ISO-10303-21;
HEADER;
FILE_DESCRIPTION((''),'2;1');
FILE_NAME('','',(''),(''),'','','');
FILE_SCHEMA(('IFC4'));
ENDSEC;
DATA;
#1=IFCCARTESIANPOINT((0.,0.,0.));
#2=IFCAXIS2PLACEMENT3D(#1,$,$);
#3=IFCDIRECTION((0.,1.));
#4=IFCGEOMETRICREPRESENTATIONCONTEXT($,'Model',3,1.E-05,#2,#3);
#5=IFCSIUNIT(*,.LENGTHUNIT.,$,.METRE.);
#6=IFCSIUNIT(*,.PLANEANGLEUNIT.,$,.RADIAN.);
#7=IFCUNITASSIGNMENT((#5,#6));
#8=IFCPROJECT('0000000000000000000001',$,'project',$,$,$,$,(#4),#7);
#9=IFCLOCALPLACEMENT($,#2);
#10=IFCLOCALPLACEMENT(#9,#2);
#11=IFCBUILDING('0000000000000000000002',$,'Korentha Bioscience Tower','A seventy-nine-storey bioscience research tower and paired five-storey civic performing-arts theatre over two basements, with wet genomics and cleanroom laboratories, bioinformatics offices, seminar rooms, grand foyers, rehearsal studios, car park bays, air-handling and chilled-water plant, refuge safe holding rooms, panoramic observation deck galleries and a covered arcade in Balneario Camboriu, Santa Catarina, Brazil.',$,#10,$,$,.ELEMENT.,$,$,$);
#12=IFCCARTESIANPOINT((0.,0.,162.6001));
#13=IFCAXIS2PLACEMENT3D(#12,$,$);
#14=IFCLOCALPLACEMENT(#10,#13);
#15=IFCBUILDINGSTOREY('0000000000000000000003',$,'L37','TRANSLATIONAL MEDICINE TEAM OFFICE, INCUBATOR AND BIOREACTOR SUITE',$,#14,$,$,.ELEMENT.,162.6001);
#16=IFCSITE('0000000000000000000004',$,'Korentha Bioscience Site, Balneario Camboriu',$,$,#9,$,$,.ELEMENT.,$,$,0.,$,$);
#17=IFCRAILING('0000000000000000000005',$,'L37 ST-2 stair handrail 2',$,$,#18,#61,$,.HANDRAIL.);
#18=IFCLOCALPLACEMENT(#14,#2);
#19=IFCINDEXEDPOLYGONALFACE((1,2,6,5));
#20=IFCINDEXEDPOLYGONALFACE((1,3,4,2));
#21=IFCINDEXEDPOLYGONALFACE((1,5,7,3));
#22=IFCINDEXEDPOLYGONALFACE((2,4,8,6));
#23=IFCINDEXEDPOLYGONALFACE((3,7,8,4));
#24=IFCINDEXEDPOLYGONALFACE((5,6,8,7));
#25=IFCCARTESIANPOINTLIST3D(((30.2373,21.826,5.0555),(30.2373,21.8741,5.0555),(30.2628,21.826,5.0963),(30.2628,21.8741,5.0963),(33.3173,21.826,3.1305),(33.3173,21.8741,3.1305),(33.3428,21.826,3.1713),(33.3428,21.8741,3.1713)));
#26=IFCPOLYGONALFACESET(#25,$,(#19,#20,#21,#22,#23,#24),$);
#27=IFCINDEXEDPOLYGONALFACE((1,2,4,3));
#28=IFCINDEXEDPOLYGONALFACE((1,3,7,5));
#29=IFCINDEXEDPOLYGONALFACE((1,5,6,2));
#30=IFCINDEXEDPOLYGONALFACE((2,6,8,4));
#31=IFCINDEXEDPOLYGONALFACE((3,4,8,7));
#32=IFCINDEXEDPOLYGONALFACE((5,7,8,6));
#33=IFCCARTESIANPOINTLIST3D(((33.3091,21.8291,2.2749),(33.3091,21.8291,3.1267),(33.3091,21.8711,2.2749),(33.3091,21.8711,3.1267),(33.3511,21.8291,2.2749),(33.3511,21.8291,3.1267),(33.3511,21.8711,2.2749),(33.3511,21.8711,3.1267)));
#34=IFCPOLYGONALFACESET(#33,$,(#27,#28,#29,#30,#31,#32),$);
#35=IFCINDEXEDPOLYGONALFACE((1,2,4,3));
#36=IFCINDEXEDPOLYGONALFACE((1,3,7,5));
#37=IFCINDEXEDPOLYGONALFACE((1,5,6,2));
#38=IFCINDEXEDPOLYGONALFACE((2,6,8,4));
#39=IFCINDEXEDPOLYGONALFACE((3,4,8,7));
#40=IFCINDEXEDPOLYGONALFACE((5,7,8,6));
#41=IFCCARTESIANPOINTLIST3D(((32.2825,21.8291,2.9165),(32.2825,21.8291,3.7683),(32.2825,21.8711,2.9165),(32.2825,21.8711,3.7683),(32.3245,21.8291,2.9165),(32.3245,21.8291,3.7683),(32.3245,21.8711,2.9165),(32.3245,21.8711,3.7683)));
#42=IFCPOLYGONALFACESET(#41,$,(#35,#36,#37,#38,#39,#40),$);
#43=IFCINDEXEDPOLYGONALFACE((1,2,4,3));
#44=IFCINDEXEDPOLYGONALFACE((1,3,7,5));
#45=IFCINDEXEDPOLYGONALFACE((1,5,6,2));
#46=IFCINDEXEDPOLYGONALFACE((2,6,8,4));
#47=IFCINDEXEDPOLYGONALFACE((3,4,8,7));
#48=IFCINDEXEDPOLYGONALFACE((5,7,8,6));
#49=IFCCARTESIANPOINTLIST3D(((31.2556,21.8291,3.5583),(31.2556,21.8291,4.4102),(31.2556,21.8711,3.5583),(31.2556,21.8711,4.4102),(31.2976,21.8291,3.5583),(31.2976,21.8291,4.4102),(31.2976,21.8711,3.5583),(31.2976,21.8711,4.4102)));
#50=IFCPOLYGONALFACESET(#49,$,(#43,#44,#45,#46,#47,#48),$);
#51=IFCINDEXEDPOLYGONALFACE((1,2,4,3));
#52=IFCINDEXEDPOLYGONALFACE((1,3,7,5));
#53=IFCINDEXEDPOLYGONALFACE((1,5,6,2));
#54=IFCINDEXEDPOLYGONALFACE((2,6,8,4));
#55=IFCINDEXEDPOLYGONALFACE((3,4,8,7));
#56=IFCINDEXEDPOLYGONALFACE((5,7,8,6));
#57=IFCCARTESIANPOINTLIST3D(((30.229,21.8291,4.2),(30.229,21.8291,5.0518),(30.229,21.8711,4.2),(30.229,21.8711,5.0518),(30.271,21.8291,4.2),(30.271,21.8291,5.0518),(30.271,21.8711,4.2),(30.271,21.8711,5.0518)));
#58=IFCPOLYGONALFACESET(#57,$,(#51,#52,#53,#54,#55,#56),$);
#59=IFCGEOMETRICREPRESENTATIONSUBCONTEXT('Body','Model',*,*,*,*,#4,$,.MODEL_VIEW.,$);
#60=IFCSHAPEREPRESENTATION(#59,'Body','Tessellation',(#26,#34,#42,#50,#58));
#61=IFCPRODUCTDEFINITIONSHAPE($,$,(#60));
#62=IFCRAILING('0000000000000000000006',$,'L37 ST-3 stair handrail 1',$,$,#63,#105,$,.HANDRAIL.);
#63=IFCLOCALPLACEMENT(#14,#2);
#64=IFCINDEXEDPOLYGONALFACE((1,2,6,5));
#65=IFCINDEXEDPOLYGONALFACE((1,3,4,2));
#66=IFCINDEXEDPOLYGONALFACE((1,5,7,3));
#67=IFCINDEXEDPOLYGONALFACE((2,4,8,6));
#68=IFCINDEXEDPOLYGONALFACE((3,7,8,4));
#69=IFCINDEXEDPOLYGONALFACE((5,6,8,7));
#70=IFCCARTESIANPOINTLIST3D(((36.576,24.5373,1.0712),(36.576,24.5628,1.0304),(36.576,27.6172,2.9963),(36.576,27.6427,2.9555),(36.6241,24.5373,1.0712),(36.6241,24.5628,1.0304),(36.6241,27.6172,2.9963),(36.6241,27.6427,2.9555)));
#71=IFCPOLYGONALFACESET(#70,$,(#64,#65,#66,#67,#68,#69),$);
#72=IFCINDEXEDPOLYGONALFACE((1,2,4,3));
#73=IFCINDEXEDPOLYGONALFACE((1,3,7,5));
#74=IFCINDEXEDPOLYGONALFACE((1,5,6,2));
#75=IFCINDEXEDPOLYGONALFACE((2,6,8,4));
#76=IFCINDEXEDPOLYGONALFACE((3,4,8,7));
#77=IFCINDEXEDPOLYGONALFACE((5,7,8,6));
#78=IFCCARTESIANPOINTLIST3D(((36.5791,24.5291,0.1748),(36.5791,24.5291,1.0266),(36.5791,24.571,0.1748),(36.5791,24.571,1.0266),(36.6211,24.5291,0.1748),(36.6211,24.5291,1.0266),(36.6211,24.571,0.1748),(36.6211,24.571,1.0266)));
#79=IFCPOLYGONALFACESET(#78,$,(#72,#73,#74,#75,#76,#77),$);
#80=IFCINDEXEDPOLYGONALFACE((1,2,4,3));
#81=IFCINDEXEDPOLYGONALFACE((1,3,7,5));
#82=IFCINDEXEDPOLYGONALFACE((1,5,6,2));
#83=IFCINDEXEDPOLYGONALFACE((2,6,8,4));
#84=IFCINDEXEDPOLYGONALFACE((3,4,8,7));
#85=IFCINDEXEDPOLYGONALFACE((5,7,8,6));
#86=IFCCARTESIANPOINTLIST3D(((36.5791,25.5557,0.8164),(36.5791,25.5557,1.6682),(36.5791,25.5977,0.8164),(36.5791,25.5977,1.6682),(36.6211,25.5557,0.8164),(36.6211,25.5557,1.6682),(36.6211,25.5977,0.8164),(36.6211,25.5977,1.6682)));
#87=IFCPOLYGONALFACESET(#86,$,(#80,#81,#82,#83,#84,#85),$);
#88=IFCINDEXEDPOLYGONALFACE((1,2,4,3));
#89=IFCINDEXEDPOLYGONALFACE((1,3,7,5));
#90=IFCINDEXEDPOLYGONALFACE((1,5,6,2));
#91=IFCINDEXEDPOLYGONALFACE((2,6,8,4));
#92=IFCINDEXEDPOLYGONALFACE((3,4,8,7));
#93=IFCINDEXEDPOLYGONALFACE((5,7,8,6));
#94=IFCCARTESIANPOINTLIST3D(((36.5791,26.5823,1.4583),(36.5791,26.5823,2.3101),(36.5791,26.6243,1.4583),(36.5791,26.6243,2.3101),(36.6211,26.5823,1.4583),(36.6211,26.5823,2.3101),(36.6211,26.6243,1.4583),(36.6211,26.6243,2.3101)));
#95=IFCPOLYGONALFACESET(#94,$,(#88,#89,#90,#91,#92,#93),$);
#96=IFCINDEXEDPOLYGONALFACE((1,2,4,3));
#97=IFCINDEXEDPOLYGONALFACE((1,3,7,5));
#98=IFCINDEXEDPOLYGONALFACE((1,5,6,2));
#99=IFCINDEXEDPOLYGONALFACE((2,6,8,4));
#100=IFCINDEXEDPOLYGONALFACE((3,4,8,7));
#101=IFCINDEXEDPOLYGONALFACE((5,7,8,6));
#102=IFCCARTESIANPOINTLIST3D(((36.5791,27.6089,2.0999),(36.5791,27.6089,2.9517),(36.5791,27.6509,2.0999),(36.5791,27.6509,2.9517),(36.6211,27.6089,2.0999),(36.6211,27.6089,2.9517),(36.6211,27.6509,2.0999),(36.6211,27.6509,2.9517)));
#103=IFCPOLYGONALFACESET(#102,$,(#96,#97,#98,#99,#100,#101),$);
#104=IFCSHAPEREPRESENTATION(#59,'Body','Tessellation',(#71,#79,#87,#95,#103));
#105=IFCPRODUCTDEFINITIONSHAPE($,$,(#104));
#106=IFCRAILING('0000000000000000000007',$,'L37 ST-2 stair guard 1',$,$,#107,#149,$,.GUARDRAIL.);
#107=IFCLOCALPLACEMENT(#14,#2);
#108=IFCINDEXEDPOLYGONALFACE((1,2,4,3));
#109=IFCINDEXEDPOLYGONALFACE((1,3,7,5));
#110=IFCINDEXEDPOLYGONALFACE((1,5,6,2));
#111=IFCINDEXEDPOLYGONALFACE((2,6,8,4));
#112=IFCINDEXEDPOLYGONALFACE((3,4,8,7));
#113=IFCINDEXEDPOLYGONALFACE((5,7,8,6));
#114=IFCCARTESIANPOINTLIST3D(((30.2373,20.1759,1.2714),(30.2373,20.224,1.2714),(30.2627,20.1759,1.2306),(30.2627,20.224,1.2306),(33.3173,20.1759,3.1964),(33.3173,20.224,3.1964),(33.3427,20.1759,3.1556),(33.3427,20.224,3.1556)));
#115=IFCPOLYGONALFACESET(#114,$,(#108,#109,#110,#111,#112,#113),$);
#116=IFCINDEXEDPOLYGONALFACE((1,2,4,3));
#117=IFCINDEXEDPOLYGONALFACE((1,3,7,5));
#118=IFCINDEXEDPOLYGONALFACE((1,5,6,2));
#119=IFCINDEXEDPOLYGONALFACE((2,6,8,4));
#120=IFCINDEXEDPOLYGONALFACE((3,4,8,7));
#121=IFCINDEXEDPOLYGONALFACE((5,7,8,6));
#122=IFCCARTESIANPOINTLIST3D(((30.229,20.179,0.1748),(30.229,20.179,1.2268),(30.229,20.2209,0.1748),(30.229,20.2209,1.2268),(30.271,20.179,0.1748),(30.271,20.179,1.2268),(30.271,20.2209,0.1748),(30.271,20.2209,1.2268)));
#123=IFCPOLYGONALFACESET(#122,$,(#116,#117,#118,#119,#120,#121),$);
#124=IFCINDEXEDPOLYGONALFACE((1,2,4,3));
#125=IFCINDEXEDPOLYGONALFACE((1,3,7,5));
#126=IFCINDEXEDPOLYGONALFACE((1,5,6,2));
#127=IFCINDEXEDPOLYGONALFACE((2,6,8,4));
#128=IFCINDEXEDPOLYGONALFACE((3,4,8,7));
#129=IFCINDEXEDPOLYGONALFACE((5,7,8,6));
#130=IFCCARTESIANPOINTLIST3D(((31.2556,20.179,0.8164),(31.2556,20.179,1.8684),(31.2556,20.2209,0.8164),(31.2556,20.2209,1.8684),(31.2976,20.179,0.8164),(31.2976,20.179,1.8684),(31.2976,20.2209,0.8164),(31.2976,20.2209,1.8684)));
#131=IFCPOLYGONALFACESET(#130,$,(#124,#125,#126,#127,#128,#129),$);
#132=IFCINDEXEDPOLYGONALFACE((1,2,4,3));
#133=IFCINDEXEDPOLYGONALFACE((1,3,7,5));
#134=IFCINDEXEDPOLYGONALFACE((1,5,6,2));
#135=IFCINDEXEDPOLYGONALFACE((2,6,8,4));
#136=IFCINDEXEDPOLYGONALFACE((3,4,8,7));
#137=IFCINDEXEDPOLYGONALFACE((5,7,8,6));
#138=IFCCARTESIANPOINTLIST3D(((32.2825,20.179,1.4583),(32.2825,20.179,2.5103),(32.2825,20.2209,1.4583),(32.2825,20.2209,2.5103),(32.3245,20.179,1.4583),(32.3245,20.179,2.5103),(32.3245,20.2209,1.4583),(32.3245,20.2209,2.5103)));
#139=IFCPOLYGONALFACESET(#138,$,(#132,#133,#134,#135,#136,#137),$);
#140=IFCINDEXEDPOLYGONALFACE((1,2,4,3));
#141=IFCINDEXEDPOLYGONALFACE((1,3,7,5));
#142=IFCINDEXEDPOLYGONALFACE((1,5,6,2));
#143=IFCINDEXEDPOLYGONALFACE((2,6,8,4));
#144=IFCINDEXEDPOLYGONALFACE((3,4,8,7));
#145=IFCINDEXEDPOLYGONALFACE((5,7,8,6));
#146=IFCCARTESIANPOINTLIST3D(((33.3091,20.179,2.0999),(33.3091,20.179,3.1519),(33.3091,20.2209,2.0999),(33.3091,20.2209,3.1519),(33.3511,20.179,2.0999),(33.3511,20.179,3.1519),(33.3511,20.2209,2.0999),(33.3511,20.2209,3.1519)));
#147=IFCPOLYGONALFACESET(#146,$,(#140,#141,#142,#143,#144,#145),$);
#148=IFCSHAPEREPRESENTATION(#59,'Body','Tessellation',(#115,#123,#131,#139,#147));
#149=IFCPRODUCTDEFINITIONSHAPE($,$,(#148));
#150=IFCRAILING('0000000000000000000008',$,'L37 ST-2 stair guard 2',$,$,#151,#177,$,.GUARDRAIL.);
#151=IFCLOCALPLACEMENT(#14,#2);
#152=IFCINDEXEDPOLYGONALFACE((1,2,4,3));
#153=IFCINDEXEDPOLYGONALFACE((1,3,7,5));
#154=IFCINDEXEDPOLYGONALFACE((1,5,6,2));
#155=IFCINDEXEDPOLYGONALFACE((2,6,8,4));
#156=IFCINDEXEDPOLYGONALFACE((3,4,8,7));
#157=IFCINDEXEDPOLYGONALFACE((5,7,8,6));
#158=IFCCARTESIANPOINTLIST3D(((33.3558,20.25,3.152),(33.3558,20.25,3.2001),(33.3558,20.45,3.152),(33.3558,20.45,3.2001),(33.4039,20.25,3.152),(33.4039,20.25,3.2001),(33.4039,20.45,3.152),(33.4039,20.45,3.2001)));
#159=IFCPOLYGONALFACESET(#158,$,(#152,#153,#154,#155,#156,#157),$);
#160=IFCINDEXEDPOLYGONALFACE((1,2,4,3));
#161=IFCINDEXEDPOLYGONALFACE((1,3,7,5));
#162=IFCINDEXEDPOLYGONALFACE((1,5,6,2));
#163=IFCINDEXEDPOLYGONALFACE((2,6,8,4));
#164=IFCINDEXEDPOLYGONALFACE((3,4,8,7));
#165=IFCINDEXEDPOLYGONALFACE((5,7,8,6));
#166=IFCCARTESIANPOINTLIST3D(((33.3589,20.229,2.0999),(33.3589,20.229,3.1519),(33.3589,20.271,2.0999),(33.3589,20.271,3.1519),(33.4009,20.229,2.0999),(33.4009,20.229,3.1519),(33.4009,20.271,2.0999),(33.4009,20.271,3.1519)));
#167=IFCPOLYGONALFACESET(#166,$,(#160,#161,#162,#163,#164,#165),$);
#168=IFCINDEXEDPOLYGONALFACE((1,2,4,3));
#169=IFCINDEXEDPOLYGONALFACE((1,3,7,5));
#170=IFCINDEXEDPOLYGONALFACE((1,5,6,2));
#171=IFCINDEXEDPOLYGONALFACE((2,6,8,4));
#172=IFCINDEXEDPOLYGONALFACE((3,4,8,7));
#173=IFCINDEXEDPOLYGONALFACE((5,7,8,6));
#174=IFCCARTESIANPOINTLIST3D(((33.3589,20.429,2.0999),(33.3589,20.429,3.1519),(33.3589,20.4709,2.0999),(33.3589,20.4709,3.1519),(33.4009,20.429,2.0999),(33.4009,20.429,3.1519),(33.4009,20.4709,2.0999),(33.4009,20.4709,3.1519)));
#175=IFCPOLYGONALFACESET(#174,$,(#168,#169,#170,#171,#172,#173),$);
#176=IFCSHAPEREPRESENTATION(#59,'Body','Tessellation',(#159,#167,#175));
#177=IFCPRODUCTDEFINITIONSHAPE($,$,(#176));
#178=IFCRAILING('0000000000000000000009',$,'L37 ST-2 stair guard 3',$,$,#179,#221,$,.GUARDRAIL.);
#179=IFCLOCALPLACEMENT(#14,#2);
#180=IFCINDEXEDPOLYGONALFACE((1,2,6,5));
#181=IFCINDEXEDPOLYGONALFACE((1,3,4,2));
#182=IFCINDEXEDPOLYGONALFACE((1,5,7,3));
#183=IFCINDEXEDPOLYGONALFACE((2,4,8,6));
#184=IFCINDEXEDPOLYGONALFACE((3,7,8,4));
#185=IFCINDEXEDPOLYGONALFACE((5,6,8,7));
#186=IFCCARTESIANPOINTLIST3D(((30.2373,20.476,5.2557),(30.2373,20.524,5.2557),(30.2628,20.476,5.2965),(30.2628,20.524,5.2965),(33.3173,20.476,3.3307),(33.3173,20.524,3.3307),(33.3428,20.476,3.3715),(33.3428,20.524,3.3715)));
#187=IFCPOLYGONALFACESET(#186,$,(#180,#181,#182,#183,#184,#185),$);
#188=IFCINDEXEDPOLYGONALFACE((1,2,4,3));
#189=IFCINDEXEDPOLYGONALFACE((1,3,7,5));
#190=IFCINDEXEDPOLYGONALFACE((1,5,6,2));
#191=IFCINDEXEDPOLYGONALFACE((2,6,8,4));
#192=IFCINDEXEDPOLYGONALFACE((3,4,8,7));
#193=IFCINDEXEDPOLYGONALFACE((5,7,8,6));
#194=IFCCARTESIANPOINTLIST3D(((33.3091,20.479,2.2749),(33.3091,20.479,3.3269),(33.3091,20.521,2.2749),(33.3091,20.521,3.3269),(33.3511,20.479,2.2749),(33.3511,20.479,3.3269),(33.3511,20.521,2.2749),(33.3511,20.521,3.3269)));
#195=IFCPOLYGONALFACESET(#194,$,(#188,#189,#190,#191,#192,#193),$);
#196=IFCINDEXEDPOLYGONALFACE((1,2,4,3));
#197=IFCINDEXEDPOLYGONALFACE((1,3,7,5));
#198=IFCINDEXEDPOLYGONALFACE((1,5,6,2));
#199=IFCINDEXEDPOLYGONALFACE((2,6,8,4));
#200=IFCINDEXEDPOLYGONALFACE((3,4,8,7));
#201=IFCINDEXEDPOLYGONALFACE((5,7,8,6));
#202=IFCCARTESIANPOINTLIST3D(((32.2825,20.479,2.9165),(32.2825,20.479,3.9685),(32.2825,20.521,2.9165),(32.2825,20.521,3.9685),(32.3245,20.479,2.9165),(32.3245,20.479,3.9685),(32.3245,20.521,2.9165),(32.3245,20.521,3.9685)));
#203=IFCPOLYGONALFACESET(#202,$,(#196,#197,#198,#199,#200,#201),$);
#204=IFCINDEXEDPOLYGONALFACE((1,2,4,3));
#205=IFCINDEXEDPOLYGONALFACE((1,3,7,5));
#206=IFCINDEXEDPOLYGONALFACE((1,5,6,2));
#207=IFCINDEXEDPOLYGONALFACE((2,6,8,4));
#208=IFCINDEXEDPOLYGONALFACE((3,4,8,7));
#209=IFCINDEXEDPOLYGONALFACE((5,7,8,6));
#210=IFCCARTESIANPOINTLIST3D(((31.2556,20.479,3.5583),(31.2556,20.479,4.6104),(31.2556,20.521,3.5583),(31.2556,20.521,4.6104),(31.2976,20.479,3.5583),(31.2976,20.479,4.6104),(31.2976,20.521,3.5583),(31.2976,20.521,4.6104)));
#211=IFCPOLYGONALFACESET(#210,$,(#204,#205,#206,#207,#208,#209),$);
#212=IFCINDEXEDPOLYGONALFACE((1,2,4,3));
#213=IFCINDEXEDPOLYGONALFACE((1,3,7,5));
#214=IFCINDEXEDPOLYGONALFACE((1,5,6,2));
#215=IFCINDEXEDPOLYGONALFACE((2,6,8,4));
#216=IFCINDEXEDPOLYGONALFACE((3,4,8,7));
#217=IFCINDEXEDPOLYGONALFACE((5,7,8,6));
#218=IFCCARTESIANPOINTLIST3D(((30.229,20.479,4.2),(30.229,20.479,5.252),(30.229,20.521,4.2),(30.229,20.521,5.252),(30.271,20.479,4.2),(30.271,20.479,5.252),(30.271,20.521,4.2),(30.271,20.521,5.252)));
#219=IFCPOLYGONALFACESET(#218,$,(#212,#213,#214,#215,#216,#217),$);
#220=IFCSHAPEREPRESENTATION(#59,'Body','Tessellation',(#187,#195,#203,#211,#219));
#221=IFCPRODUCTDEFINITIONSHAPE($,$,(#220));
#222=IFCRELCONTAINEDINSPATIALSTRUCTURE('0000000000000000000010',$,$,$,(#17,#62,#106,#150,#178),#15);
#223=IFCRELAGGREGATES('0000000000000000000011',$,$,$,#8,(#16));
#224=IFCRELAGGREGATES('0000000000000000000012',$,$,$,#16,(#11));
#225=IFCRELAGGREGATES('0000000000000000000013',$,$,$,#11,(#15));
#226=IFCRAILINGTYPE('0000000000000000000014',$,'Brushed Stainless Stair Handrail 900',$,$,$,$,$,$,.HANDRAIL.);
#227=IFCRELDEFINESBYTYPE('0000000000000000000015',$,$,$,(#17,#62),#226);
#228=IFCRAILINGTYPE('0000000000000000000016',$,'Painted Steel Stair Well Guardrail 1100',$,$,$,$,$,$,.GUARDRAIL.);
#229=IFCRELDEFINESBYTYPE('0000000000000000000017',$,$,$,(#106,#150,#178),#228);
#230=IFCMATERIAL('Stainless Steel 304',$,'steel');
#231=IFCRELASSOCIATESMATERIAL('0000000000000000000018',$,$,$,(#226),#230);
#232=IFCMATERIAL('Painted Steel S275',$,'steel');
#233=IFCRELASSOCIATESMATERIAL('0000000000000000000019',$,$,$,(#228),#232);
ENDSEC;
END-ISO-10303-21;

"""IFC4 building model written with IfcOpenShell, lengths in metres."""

from ifc_helpers import new_model, si_unit, direction, frame, origin, origin_2d, place, context, subcontext, project, spatial, rectangle, extrude, material, type_object, element, save


model = new_model("IFC4")

# Units and contexts
model_context = context("Model", 3, precision=1e-05, world=origin(), true_north=direction((0.0, 1.0)))
body_context = subcontext(model_context, "Body", "Model", "MODEL_VIEW")
ifc_project = project(units=[si_unit("LENGTHUNIT", "METRE"), si_unit("PLANEANGLEUNIT", "RADIAN")], contexts=[model_context])

# Site, building, storey
site_placement = place(None, origin())
site = spatial("IfcSite", under=ifc_project, at=site_placement, Name="Korentha Bioscience Site, Balneario Camboriu", CompositionType="ELEMENT", RefElevation=0.0)
building_placement = place(site_placement, origin())
building = spatial("IfcBuilding", under=site, at=building_placement, Name="Korentha Bioscience Tower", Description="A seventy-nine-storey bioscience research tower and paired five-storey civic performing-arts theatre over two basements, with wet genomics and cleanroom laboratories, bioinformatics offices, seminar rooms, grand foyers, rehearsal studios, car park bays, air-handling and chilled-water plant, refuge safe holding rooms, panoramic observation deck galleries and a covered arcade in Balneario Camboriu, Santa Catarina, Brazil.", CompositionType="ELEMENT")
storey_placement = place(building_placement, frame((0.0, 0.0, 162.6001)))
storey = spatial("IfcBuildingStorey", under=building, at=storey_placement, Name="L37", Description="TRANSLATIONAL MEDICINE TEAM OFFICE, INCUBATOR AND BIOREACTOR SUITE", CompositionType="ELEMENT", Elevation=162.6001)

# Railings
ifc_material_1 = material(Name="Stainless Steel 304", Category="steel")
railing_type_1 = type_object("IfcRailingType", Name="Brushed Stainless Stair Handrail 900", PredefinedType="HANDRAIL", material=ifc_material_1)
railing_1_placement = place(storey_placement, frame((33.3301, 21.8501, 2.2749)))
element("IfcRailing", 1, at=railing_1_placement, inside=storey, type_object=railing_type_1, Name="L37 ST-2 stair handrail 2", PredefinedType="HANDRAIL", context=body_context, shape_type="SweptSolid", body=[
    extrude(rectangle(XDim=0.0481, YDim=0.0481, at=origin_2d()), frame((0.0, 0.0, 0.876), z_axis=(-0.847998, 0.0, 0.529999), x_axis=(0.0, -1.0, 0.0)), (0.0, 0.0, 1.0), 3.6321),
    extrude(rectangle(XDim=0.042, YDim=0.042, at=origin_2d()), origin(), (0.0, 0.0, 1.0), 0.8518),
    extrude(rectangle(XDim=0.042, YDim=0.042, at=origin_2d()), frame((-1.0266, 0.0, 0.6416)), (0.0, 0.0, 1.0), 0.8518),
    extrude(rectangle(XDim=0.042, YDim=0.042, at=origin_2d()), frame((-2.0535, 0.0, 1.2834)), (0.0, 0.0, 1.0), 0.8518),
    extrude(rectangle(XDim=0.042, YDim=0.042, at=origin_2d()), frame((-3.0801, 0.0, 1.925)), (0.0, 0.0, 1.0), 0.8518),
])
railing_2_placement = place(storey_placement, frame((36.6001, 24.55, 0.1748)))
element("IfcRailing", 2, at=railing_2_placement, inside=storey, type_object=railing_type_1, Name="L37 ST-3 stair handrail 1", PredefinedType="HANDRAIL", context=body_context, shape_type="SweptSolid", body=[
    extrude(rectangle(XDim=0.0481, YDim=0.0481, at=origin_2d()), frame((0.0, 0.0, 0.876), z_axis=(0.0, 0.847979, 0.530029), x_axis=(-1.0, 0.0, 0.0)), (0.0, 0.0, 1.0), 3.6321),
    extrude(rectangle(XDim=0.042, YDim=0.042, at=origin_2d()), origin(), (0.0, 0.0, 1.0), 0.8518),
    extrude(rectangle(XDim=0.042, YDim=0.042, at=origin_2d()), frame((0.0, 1.0266, 0.6416)), (0.0, 0.0, 1.0), 0.8518),
    extrude(rectangle(XDim=0.042, YDim=0.042, at=origin_2d()), frame((0.0, 2.0532, 1.2834)), (0.0, 0.0, 1.0), 0.8518),
    extrude(rectangle(XDim=0.042, YDim=0.042, at=origin_2d()), frame((0.0, 3.0798, 1.925)), (0.0, 0.0, 1.0), 0.8518),
])
ifc_material_2 = material(Name="Painted Steel S275", Category="steel")
railing_type_2 = type_object("IfcRailingType", Name="Painted Steel Stair Well Guardrail 1100", PredefinedType="GUARDRAIL", material=ifc_material_2)
railing_3_placement = place(storey_placement, frame((30.25, 20.2, 0.1748)))
element("IfcRailing", 3, at=railing_3_placement, inside=storey, type_object=railing_type_2, Name="L37 ST-2 stair guard 1", PredefinedType="GUARDRAIL", context=body_context, shape_type="SweptSolid", body=[
    extrude(rectangle(XDim=0.0481, YDim=0.0481, at=origin_2d()), frame((0.0, 0.0, 1.0762), z_axis=(0.847998, 0.0, 0.529999), x_axis=(0.0, 1.0, 0.0)), (0.0, 0.0, 1.0), 3.6321),
    extrude(rectangle(XDim=0.042, YDim=0.042, at=origin_2d()), origin(), (0.0, 0.0, 1.0), 1.052),
    extrude(rectangle(XDim=0.042, YDim=0.042, at=origin_2d()), frame((1.0266, 0.0, 0.6416)), (0.0, 0.0, 1.0), 1.052),
    extrude(rectangle(XDim=0.042, YDim=0.042, at=origin_2d()), frame((2.0535, 0.0, 1.2834)), (0.0, 0.0, 1.0), 1.052),
    extrude(rectangle(XDim=0.042, YDim=0.042, at=origin_2d()), frame((3.0801, 0.0, 1.925)), (0.0, 0.0, 1.0), 1.052),
])
railing_4_placement = place(storey_placement, frame((33.3799, 20.25, 2.0999)))
element("IfcRailing", 4, at=railing_4_placement, inside=storey, type_object=railing_type_2, Name="L37 ST-2 stair guard 2", PredefinedType="GUARDRAIL", context=body_context, shape_type="SweptSolid", body=[
    extrude(rectangle(XDim=0.0481, YDim=0.0481, at=origin_2d()), frame((0.0, 0.0, 1.0762), z_axis=(0.0, 1.0, 0.0), x_axis=(-1.0, 0.0, 0.0)), (0.0, 0.0, 1.0), 0.2),
    extrude(rectangle(XDim=0.042, YDim=0.042, at=origin_2d()), origin(), (0.0, 0.0, 1.0), 1.052),
    extrude(rectangle(XDim=0.042, YDim=0.042, at=origin_2d()), frame((0.0, 0.2, 0.0)), (0.0, 0.0, 1.0), 1.052),
])
railing_5_placement = place(storey_placement, frame((33.3301, 20.5, 2.2749)))
element("IfcRailing", 5, at=railing_5_placement, inside=storey, type_object=railing_type_2, Name="L37 ST-2 stair guard 3", PredefinedType="GUARDRAIL", context=body_context, shape_type="SweptSolid", body=[
    extrude(rectangle(XDim=0.0481, YDim=0.0481, at=origin_2d()), frame((0.0, 0.0, 1.0762), z_axis=(-0.847998, 0.0, 0.529999), x_axis=(0.0, -1.0, 0.0)), (0.0, 0.0, 1.0), 3.6321),
    extrude(rectangle(XDim=0.042, YDim=0.042, at=origin_2d()), origin(), (0.0, 0.0, 1.0), 1.052),
    extrude(rectangle(XDim=0.042, YDim=0.042, at=origin_2d()), frame((-1.0266, 0.0, 0.6416)), (0.0, 0.0, 1.0), 1.052),
    extrude(rectangle(XDim=0.042, YDim=0.042, at=origin_2d()), frame((-2.0535, 0.0, 1.2834)), (0.0, 0.0, 1.0), 1.052),
    extrude(rectangle(XDim=0.042, YDim=0.042, at=origin_2d()), frame((-3.0801, 0.0, 1.925)), (0.0, 0.0, 1.0), 1.052),
])

save(model, "model.ifc")
